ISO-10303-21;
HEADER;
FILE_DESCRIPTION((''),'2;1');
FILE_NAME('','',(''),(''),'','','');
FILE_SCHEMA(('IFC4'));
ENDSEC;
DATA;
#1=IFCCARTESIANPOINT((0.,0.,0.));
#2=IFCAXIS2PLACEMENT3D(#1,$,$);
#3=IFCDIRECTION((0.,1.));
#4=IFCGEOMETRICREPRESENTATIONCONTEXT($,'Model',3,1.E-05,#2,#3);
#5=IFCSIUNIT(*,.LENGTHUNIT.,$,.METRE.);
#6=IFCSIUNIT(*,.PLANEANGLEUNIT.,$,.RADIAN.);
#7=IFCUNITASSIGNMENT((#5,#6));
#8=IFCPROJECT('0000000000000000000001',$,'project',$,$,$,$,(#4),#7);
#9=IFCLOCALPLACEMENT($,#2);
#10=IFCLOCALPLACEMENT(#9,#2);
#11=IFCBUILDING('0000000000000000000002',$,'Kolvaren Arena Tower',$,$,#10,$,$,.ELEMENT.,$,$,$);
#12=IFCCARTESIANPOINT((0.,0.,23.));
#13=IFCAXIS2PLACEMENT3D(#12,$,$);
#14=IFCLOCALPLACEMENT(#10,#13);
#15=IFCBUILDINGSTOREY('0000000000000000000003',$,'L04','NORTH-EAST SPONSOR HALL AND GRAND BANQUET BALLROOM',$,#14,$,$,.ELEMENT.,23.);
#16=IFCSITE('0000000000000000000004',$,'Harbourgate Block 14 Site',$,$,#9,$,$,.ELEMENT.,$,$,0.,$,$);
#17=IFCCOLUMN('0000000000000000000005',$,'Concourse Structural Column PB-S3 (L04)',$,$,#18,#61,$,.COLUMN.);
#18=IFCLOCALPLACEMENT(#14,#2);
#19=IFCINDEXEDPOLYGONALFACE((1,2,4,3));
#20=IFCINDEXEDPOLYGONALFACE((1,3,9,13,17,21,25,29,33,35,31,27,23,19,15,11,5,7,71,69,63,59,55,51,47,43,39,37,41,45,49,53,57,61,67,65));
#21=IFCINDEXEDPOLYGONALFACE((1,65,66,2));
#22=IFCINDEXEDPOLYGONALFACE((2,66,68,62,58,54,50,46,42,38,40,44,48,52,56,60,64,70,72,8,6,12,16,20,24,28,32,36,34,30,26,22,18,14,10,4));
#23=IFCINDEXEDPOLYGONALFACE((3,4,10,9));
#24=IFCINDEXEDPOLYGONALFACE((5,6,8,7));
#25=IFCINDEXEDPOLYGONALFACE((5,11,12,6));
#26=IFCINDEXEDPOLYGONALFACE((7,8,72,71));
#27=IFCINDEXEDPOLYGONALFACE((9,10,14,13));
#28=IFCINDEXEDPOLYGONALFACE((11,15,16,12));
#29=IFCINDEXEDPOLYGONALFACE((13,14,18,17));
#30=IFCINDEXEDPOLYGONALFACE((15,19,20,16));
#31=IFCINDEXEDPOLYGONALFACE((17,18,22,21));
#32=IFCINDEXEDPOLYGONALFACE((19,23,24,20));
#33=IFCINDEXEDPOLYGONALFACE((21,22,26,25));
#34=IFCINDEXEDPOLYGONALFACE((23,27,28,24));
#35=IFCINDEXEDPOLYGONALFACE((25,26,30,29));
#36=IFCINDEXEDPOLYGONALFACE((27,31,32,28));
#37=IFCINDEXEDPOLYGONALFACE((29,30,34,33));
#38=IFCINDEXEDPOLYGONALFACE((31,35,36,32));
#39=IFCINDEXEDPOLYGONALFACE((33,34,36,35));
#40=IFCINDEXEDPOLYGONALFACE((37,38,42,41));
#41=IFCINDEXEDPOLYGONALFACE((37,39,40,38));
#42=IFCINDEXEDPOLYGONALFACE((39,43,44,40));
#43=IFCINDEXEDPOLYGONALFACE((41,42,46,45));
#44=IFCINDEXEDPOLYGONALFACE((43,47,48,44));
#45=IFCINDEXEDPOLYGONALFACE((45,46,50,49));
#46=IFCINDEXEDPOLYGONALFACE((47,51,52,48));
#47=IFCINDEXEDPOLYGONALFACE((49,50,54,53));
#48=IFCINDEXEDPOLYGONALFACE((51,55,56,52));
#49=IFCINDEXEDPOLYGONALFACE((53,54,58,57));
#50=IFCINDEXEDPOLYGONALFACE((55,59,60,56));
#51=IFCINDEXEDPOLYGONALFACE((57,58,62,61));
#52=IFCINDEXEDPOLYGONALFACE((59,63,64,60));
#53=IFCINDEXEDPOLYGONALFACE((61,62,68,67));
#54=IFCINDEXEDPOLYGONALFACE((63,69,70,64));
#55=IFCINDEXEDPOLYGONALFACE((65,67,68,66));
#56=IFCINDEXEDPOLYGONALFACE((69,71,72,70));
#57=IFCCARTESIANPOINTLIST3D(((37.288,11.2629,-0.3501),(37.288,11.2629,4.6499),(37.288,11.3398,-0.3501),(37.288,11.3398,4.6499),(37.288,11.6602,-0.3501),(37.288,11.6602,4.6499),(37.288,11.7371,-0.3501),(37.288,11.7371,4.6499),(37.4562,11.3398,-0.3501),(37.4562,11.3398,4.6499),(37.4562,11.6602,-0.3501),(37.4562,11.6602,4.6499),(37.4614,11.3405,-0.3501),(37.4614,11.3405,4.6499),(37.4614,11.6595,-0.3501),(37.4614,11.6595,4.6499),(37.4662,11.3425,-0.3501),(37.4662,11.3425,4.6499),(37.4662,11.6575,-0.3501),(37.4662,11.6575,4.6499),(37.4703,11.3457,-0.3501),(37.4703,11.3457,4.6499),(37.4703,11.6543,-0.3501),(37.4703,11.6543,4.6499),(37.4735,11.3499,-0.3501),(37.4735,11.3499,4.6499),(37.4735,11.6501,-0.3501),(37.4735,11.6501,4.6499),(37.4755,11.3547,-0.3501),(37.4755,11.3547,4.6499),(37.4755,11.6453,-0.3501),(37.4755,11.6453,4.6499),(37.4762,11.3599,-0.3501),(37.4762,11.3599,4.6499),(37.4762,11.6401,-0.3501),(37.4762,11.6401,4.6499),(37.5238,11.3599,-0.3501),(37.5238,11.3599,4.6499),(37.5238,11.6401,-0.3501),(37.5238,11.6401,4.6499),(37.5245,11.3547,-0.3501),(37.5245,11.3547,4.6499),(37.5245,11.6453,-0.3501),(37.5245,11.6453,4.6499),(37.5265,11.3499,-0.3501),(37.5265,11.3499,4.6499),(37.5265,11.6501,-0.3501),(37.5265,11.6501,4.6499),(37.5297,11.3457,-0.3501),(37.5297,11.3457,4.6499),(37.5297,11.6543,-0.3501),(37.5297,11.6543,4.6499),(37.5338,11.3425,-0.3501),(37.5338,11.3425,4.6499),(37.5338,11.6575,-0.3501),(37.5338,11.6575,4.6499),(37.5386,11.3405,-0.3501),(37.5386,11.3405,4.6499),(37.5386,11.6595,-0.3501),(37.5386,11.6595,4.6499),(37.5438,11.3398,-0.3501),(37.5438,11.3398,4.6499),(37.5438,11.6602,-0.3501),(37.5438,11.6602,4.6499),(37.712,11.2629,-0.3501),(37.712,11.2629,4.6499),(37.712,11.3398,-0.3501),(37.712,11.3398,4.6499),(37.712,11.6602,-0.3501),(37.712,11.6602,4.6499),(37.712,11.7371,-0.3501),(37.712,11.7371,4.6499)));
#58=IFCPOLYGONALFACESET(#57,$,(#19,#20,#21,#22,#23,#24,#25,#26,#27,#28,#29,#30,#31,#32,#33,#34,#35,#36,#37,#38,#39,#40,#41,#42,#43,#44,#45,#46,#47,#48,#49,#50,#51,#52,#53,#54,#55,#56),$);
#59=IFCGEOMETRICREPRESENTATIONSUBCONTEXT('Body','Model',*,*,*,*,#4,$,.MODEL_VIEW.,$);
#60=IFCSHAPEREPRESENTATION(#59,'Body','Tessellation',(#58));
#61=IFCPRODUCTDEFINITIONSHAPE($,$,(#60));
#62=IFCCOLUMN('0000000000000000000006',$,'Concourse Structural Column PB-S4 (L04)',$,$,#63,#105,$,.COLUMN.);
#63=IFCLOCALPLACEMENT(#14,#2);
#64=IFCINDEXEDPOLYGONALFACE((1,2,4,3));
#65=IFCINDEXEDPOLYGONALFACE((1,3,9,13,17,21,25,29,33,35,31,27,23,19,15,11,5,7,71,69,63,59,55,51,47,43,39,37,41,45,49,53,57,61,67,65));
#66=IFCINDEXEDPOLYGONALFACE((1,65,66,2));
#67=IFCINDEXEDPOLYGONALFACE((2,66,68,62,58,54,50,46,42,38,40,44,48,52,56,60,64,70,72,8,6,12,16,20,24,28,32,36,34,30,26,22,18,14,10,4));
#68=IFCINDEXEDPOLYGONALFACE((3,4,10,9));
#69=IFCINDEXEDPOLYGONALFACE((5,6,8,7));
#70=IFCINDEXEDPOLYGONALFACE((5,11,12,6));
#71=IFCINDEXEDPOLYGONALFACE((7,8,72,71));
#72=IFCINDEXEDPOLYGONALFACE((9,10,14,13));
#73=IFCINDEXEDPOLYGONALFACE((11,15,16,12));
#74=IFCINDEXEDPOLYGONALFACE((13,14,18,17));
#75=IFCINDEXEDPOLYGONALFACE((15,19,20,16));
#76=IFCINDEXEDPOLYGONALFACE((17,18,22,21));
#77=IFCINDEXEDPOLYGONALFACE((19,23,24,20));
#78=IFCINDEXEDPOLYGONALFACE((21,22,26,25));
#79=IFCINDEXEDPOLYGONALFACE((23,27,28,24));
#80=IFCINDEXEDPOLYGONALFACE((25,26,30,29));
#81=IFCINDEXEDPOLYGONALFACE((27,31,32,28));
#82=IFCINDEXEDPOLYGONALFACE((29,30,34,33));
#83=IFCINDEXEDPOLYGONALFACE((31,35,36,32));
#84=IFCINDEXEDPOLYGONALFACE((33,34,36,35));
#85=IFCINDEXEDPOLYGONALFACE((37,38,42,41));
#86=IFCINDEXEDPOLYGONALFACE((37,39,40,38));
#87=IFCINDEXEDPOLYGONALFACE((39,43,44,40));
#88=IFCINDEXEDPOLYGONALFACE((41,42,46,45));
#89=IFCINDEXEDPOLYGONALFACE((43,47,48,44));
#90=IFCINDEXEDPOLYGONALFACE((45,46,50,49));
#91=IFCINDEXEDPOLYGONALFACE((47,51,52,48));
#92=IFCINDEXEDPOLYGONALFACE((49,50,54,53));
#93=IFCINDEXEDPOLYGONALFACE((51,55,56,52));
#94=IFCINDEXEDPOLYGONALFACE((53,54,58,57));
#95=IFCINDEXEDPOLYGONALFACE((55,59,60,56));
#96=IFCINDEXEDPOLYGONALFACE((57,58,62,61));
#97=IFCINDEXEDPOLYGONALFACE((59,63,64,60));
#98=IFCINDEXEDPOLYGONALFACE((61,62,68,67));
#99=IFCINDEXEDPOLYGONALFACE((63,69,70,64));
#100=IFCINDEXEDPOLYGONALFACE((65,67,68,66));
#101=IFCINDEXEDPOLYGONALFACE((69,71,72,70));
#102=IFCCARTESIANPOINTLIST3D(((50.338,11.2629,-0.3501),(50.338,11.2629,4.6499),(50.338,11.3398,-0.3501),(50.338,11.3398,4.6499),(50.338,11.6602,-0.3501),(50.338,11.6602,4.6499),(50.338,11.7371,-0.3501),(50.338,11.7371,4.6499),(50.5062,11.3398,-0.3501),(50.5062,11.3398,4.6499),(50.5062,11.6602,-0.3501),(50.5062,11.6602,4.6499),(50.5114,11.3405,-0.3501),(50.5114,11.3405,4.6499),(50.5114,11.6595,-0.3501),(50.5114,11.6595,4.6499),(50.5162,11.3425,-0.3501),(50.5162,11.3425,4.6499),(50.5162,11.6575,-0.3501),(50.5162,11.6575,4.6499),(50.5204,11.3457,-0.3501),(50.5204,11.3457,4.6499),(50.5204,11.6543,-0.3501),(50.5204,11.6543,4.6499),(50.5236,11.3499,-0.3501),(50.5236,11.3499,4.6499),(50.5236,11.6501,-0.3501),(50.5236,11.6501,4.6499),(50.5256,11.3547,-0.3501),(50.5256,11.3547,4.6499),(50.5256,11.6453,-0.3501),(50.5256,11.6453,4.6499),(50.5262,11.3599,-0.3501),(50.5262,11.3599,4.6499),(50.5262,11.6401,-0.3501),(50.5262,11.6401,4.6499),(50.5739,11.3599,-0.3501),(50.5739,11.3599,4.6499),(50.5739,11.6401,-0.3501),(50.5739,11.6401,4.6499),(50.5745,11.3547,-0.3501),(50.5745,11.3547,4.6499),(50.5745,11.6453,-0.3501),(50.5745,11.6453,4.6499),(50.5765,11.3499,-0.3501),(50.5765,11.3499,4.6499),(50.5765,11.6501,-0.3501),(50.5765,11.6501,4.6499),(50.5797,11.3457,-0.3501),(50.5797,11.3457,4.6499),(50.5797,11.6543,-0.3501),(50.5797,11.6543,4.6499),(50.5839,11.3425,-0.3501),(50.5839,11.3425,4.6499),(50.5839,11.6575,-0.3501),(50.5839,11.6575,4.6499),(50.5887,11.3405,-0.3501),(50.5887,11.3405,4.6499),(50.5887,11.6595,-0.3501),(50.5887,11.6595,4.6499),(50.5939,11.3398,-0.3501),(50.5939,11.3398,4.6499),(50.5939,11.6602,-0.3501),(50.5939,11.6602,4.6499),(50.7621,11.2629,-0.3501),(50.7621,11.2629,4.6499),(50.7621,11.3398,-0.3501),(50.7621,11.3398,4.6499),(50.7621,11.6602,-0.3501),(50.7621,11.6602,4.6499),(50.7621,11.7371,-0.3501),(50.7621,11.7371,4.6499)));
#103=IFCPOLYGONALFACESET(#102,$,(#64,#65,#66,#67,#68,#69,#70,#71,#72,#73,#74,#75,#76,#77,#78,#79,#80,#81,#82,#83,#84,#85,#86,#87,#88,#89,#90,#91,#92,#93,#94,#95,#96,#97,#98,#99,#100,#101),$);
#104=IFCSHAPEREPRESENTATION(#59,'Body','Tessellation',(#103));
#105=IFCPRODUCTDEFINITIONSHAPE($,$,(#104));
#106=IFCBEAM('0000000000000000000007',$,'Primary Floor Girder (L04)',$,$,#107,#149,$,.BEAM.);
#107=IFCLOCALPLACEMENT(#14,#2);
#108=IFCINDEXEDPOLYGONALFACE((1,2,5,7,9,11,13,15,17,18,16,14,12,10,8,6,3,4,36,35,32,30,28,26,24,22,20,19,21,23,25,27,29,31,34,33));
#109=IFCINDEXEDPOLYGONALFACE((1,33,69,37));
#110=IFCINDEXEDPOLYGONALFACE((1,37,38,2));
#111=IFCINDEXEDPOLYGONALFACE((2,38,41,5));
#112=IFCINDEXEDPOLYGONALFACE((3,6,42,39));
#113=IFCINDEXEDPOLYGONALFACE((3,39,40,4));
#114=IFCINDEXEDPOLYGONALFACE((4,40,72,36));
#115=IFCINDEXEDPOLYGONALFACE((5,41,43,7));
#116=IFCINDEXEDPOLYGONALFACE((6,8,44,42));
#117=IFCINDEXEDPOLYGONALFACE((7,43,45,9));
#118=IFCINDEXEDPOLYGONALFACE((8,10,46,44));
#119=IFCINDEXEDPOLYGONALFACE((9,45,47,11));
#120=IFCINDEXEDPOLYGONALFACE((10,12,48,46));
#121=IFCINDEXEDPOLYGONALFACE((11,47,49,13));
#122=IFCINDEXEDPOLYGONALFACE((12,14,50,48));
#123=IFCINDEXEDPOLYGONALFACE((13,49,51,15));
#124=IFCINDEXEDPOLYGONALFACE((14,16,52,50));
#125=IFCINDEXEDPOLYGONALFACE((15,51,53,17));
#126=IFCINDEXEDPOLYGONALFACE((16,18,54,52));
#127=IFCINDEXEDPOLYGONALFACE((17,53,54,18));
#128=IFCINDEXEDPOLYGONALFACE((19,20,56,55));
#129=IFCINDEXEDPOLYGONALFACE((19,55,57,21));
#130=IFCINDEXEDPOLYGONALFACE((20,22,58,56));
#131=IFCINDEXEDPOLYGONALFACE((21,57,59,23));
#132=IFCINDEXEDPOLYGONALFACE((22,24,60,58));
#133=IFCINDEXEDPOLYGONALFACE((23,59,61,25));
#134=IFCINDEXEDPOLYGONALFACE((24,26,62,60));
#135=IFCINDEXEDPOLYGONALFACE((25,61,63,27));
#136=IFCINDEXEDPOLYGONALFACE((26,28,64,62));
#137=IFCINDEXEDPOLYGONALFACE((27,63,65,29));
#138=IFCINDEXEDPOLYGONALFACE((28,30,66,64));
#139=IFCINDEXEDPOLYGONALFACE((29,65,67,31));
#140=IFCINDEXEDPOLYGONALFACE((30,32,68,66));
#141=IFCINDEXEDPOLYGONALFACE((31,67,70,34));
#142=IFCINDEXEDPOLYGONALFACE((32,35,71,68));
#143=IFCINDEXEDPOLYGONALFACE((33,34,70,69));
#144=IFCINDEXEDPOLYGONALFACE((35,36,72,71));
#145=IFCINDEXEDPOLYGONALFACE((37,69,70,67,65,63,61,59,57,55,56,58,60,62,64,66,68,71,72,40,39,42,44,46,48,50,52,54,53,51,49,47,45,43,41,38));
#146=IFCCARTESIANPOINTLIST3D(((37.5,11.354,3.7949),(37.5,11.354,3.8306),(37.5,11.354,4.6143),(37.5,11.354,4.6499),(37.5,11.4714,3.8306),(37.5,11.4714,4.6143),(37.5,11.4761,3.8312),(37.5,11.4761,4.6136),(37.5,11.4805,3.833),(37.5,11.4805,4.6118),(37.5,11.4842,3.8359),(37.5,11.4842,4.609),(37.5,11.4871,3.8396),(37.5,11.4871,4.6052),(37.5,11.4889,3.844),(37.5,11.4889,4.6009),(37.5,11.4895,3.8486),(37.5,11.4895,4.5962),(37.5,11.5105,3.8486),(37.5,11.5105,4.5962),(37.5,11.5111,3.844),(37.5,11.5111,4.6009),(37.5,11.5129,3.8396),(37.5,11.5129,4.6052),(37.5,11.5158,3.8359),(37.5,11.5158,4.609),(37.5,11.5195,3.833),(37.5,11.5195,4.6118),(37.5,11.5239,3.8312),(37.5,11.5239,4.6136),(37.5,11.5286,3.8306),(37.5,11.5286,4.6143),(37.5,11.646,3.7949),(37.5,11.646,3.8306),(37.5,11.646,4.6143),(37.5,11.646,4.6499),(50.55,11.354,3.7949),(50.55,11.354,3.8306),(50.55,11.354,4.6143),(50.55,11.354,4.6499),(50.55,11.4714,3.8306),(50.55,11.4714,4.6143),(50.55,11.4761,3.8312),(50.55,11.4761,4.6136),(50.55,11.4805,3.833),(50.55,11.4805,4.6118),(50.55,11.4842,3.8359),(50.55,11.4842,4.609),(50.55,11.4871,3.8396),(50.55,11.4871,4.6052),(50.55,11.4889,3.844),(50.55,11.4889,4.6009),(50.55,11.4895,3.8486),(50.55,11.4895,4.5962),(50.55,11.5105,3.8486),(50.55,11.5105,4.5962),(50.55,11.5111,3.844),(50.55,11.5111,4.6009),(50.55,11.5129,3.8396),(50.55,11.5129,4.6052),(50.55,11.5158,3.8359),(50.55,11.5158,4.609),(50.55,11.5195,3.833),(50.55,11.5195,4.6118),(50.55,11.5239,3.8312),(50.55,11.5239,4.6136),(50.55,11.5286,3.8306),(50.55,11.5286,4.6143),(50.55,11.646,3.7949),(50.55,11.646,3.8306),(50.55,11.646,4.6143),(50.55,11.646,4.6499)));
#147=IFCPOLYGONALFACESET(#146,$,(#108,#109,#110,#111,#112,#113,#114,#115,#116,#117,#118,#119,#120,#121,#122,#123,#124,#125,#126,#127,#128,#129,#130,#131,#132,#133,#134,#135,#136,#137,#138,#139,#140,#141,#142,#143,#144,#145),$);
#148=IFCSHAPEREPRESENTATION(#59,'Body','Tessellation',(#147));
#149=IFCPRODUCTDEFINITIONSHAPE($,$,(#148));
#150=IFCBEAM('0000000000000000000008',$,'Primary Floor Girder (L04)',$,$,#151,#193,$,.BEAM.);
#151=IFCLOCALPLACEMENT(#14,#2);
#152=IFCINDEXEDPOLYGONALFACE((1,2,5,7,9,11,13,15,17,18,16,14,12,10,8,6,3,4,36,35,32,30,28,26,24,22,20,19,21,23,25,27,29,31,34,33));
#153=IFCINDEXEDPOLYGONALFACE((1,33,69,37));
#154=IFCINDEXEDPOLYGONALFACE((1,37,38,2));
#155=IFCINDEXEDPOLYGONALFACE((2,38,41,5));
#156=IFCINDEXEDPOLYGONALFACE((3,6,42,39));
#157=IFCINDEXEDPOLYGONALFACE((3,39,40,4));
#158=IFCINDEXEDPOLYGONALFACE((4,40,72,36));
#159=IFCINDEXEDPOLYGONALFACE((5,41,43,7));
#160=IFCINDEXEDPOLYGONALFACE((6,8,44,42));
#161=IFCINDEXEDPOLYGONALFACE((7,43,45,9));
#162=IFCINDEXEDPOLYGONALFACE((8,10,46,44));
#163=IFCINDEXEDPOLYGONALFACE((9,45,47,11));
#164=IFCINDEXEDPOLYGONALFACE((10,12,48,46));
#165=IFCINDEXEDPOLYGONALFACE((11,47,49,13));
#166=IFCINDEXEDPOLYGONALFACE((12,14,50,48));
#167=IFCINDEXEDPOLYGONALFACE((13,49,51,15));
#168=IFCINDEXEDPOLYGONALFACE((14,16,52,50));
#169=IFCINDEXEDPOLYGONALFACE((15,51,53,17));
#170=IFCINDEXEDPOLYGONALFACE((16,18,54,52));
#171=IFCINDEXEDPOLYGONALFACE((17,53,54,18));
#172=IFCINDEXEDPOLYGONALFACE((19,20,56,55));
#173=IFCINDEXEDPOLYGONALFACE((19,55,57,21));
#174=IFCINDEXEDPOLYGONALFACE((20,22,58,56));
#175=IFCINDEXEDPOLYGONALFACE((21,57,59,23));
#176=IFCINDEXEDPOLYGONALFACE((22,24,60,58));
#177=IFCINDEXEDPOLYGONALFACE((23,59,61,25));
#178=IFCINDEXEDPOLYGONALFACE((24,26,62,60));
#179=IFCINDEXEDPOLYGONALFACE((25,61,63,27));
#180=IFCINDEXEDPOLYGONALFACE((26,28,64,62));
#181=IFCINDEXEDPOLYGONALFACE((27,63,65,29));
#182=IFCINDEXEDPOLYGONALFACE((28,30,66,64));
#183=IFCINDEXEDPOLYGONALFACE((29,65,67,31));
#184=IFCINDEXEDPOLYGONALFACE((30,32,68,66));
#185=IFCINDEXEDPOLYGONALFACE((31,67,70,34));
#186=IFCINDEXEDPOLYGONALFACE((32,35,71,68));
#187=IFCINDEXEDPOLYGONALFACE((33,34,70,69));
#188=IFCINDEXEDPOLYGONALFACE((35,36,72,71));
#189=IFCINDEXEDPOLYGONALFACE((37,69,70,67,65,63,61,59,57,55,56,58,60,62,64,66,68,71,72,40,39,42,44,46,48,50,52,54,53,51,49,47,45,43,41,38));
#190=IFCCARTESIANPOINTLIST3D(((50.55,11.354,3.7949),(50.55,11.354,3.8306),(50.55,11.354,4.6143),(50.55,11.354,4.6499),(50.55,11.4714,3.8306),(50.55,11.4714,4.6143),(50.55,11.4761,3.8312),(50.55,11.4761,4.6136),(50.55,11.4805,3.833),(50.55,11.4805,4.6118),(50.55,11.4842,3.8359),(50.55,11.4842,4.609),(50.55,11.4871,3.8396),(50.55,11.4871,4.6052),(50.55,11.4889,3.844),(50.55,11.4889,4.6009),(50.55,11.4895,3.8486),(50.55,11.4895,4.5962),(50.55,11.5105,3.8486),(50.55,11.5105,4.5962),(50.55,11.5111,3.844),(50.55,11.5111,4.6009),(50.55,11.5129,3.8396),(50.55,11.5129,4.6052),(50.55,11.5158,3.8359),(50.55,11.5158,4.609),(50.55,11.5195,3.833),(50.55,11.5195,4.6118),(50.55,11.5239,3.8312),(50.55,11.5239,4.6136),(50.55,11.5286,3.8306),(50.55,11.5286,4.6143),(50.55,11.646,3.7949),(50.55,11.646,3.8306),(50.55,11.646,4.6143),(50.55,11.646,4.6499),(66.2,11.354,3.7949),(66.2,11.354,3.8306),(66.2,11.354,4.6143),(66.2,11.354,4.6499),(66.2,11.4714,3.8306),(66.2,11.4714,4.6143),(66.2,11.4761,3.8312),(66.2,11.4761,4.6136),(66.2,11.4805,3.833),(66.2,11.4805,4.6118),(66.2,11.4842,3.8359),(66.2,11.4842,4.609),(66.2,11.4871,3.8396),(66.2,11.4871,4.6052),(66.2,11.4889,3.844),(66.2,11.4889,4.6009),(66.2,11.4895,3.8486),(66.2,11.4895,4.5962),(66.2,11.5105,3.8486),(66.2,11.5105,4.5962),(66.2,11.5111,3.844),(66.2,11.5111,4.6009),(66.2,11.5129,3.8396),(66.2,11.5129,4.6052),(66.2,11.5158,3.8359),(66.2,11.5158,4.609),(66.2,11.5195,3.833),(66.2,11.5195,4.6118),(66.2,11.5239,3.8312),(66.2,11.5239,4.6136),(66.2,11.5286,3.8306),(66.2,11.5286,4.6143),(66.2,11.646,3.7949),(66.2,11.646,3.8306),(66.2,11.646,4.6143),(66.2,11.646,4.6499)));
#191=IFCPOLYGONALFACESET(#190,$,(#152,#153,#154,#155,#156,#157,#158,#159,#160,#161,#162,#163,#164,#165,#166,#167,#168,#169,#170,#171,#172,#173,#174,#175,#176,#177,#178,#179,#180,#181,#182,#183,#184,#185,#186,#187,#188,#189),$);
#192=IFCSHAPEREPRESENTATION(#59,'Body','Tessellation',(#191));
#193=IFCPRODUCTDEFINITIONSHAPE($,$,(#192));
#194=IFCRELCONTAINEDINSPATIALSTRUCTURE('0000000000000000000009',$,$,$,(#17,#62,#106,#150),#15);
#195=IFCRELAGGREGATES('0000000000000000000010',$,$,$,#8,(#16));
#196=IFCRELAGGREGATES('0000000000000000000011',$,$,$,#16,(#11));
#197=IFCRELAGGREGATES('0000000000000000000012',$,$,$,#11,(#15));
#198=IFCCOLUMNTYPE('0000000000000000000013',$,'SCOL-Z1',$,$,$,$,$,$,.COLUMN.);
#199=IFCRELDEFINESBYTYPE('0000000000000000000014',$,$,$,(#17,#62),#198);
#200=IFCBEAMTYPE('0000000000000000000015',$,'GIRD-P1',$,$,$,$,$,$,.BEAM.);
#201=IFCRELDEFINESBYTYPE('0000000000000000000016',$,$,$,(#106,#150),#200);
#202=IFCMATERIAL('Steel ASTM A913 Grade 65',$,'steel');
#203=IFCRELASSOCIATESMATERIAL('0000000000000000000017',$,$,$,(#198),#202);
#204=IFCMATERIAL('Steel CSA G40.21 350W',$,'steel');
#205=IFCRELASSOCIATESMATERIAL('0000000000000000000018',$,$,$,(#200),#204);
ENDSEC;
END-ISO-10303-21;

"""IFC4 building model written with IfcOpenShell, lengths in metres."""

from ifc_helpers import new_model, si_unit, direction, frame, origin, origin_2d, place, context, subcontext, project, spatial, i_section, extrude, material, material_profile, profile_set, type_object, element, save


model = new_model("IFC4")

# Units and contexts
model_context = context("Model", 3, precision=1e-05, world=origin(), true_north=direction((0.0, 1.0)))
body_context = subcontext(model_context, "Body", "Model", "MODEL_VIEW")
ifc_project = project(units=[si_unit("LENGTHUNIT", "METRE"), si_unit("PLANEANGLEUNIT", "RADIAN")], contexts=[model_context])

# Site, building, storey
site_placement = place(None, origin())
site = spatial("IfcSite", under=ifc_project, at=site_placement, Name="Harbourgate Block 14 Site", CompositionType="ELEMENT", RefElevation=0.0)
building_placement = place(site_placement, origin())
building = spatial("IfcBuilding", under=site, at=building_placement, Name="Kolvaren Arena Tower", CompositionType="ELEMENT")
storey_placement = place(building_placement, frame((0.0, 0.0, 23.0)))
storey = spatial("IfcBuildingStorey", under=building, at=storey_placement, Name="L04", Description="NORTH-EAST SPONSOR HALL AND GRAND BANQUET BALLROOM", CompositionType="ELEMENT", Elevation=23.0)

# Columns
ifc_material_1 = material(Name="Steel ASTM A913 Grade 65", Category="steel")
ifc_material_profile_1 = material_profile(ifc_material_1, i_section(OverallWidth=0.4241, OverallDepth=0.4741, WebThickness=0.0476, FlangeThickness=0.0769, FilletRadius=0.02, at=origin_2d()), Name="W360x634")
ifc_profile_set_1 = profile_set([ifc_material_profile_1], Name="Steel ASTM A913 Grade 65")
column_type = type_object("IfcColumnType", Name="SCOL-Z1", PredefinedType="COLUMN", material=ifc_profile_set_1)
for number, where, z_axis, x_axis, name in (
    (1, (37.5, 11.5, -0.3501), (0.0, 0.0, 1.0), (1.0, 0.0, 0.0), "Concourse Structural Column PB-S3 (L04)"),
    (2, (50.55, 11.5, -0.3501), (0.0, 0.0, 1.0), (1.0, 0.0, 0.0), "Concourse Structural Column PB-S4 (L04)"),
):
    element("IfcColumn", number, at=place(storey_placement, frame(where, z_axis=z_axis, x_axis=x_axis)), inside=storey, type_object=column_type, Name=name, PredefinedType="COLUMN", context=body_context, shape_type="SweptSolid", body=[
        extrude(i_section(OverallWidth=0.4241, OverallDepth=0.4741, WebThickness=0.0476, FlangeThickness=0.0769, FilletRadius=0.02, at=origin_2d()), origin(), (0.0, 0.0, 1.0), 5.0),
    ])

# Beams
ifc_material_2 = material(Name="Steel CSA G40.21 350W", Category="steel")
ifc_material_profile_2 = material_profile(ifc_material_2, i_section(OverallWidth=0.292, OverallDepth=0.855, WebThickness=0.021, FlangeThickness=0.0356, FilletRadius=0.0181, at=origin_2d()), Name="W840x299")
ifc_profile_set_2 = profile_set([ifc_material_profile_2], Name="Steel CSA G40.21 350W")
beam_type_1 = type_object("IfcBeamType", Name="GIRD-P1", PredefinedType="BEAM", material=ifc_profile_set_2)
beam_1_placement = place(storey_placement, frame((37.5, 11.5, 4.2224), z_axis=(1.0, 0.0, 0.0), x_axis=(0.0, 1.0, 0.0)))
element("IfcBeam", 3, at=beam_1_placement, inside=storey, type_object=beam_type_1, Name="Primary Floor Girder (L04)", PredefinedType="BEAM", context=body_context, shape_type="SweptSolid", body=[
    extrude(i_section(OverallWidth=0.292, OverallDepth=0.855, WebThickness=0.021, FlangeThickness=0.0356, FilletRadius=0.0181, at=origin_2d()), origin(), (0.0, 0.0, 1.0), 13.05),
])
beam_2_placement = place(storey_placement, frame((50.55, 11.5, 4.2224), z_axis=(1.0, 0.0, 0.0), x_axis=(0.0, 1.0, 0.0)))
element("IfcBeam", 4, at=beam_2_placement, inside=storey, type_object=beam_type_1, Name="Primary Floor Girder (L04)", PredefinedType="BEAM", context=body_context, shape_type="SweptSolid", body=[
    extrude(i_section(OverallWidth=0.292, OverallDepth=0.855, WebThickness=0.021, FlangeThickness=0.0356, FilletRadius=0.0181, at=origin_2d()), origin(), (0.0, 0.0, 1.0), 15.6499),
])

save(model, "model.ifc")
